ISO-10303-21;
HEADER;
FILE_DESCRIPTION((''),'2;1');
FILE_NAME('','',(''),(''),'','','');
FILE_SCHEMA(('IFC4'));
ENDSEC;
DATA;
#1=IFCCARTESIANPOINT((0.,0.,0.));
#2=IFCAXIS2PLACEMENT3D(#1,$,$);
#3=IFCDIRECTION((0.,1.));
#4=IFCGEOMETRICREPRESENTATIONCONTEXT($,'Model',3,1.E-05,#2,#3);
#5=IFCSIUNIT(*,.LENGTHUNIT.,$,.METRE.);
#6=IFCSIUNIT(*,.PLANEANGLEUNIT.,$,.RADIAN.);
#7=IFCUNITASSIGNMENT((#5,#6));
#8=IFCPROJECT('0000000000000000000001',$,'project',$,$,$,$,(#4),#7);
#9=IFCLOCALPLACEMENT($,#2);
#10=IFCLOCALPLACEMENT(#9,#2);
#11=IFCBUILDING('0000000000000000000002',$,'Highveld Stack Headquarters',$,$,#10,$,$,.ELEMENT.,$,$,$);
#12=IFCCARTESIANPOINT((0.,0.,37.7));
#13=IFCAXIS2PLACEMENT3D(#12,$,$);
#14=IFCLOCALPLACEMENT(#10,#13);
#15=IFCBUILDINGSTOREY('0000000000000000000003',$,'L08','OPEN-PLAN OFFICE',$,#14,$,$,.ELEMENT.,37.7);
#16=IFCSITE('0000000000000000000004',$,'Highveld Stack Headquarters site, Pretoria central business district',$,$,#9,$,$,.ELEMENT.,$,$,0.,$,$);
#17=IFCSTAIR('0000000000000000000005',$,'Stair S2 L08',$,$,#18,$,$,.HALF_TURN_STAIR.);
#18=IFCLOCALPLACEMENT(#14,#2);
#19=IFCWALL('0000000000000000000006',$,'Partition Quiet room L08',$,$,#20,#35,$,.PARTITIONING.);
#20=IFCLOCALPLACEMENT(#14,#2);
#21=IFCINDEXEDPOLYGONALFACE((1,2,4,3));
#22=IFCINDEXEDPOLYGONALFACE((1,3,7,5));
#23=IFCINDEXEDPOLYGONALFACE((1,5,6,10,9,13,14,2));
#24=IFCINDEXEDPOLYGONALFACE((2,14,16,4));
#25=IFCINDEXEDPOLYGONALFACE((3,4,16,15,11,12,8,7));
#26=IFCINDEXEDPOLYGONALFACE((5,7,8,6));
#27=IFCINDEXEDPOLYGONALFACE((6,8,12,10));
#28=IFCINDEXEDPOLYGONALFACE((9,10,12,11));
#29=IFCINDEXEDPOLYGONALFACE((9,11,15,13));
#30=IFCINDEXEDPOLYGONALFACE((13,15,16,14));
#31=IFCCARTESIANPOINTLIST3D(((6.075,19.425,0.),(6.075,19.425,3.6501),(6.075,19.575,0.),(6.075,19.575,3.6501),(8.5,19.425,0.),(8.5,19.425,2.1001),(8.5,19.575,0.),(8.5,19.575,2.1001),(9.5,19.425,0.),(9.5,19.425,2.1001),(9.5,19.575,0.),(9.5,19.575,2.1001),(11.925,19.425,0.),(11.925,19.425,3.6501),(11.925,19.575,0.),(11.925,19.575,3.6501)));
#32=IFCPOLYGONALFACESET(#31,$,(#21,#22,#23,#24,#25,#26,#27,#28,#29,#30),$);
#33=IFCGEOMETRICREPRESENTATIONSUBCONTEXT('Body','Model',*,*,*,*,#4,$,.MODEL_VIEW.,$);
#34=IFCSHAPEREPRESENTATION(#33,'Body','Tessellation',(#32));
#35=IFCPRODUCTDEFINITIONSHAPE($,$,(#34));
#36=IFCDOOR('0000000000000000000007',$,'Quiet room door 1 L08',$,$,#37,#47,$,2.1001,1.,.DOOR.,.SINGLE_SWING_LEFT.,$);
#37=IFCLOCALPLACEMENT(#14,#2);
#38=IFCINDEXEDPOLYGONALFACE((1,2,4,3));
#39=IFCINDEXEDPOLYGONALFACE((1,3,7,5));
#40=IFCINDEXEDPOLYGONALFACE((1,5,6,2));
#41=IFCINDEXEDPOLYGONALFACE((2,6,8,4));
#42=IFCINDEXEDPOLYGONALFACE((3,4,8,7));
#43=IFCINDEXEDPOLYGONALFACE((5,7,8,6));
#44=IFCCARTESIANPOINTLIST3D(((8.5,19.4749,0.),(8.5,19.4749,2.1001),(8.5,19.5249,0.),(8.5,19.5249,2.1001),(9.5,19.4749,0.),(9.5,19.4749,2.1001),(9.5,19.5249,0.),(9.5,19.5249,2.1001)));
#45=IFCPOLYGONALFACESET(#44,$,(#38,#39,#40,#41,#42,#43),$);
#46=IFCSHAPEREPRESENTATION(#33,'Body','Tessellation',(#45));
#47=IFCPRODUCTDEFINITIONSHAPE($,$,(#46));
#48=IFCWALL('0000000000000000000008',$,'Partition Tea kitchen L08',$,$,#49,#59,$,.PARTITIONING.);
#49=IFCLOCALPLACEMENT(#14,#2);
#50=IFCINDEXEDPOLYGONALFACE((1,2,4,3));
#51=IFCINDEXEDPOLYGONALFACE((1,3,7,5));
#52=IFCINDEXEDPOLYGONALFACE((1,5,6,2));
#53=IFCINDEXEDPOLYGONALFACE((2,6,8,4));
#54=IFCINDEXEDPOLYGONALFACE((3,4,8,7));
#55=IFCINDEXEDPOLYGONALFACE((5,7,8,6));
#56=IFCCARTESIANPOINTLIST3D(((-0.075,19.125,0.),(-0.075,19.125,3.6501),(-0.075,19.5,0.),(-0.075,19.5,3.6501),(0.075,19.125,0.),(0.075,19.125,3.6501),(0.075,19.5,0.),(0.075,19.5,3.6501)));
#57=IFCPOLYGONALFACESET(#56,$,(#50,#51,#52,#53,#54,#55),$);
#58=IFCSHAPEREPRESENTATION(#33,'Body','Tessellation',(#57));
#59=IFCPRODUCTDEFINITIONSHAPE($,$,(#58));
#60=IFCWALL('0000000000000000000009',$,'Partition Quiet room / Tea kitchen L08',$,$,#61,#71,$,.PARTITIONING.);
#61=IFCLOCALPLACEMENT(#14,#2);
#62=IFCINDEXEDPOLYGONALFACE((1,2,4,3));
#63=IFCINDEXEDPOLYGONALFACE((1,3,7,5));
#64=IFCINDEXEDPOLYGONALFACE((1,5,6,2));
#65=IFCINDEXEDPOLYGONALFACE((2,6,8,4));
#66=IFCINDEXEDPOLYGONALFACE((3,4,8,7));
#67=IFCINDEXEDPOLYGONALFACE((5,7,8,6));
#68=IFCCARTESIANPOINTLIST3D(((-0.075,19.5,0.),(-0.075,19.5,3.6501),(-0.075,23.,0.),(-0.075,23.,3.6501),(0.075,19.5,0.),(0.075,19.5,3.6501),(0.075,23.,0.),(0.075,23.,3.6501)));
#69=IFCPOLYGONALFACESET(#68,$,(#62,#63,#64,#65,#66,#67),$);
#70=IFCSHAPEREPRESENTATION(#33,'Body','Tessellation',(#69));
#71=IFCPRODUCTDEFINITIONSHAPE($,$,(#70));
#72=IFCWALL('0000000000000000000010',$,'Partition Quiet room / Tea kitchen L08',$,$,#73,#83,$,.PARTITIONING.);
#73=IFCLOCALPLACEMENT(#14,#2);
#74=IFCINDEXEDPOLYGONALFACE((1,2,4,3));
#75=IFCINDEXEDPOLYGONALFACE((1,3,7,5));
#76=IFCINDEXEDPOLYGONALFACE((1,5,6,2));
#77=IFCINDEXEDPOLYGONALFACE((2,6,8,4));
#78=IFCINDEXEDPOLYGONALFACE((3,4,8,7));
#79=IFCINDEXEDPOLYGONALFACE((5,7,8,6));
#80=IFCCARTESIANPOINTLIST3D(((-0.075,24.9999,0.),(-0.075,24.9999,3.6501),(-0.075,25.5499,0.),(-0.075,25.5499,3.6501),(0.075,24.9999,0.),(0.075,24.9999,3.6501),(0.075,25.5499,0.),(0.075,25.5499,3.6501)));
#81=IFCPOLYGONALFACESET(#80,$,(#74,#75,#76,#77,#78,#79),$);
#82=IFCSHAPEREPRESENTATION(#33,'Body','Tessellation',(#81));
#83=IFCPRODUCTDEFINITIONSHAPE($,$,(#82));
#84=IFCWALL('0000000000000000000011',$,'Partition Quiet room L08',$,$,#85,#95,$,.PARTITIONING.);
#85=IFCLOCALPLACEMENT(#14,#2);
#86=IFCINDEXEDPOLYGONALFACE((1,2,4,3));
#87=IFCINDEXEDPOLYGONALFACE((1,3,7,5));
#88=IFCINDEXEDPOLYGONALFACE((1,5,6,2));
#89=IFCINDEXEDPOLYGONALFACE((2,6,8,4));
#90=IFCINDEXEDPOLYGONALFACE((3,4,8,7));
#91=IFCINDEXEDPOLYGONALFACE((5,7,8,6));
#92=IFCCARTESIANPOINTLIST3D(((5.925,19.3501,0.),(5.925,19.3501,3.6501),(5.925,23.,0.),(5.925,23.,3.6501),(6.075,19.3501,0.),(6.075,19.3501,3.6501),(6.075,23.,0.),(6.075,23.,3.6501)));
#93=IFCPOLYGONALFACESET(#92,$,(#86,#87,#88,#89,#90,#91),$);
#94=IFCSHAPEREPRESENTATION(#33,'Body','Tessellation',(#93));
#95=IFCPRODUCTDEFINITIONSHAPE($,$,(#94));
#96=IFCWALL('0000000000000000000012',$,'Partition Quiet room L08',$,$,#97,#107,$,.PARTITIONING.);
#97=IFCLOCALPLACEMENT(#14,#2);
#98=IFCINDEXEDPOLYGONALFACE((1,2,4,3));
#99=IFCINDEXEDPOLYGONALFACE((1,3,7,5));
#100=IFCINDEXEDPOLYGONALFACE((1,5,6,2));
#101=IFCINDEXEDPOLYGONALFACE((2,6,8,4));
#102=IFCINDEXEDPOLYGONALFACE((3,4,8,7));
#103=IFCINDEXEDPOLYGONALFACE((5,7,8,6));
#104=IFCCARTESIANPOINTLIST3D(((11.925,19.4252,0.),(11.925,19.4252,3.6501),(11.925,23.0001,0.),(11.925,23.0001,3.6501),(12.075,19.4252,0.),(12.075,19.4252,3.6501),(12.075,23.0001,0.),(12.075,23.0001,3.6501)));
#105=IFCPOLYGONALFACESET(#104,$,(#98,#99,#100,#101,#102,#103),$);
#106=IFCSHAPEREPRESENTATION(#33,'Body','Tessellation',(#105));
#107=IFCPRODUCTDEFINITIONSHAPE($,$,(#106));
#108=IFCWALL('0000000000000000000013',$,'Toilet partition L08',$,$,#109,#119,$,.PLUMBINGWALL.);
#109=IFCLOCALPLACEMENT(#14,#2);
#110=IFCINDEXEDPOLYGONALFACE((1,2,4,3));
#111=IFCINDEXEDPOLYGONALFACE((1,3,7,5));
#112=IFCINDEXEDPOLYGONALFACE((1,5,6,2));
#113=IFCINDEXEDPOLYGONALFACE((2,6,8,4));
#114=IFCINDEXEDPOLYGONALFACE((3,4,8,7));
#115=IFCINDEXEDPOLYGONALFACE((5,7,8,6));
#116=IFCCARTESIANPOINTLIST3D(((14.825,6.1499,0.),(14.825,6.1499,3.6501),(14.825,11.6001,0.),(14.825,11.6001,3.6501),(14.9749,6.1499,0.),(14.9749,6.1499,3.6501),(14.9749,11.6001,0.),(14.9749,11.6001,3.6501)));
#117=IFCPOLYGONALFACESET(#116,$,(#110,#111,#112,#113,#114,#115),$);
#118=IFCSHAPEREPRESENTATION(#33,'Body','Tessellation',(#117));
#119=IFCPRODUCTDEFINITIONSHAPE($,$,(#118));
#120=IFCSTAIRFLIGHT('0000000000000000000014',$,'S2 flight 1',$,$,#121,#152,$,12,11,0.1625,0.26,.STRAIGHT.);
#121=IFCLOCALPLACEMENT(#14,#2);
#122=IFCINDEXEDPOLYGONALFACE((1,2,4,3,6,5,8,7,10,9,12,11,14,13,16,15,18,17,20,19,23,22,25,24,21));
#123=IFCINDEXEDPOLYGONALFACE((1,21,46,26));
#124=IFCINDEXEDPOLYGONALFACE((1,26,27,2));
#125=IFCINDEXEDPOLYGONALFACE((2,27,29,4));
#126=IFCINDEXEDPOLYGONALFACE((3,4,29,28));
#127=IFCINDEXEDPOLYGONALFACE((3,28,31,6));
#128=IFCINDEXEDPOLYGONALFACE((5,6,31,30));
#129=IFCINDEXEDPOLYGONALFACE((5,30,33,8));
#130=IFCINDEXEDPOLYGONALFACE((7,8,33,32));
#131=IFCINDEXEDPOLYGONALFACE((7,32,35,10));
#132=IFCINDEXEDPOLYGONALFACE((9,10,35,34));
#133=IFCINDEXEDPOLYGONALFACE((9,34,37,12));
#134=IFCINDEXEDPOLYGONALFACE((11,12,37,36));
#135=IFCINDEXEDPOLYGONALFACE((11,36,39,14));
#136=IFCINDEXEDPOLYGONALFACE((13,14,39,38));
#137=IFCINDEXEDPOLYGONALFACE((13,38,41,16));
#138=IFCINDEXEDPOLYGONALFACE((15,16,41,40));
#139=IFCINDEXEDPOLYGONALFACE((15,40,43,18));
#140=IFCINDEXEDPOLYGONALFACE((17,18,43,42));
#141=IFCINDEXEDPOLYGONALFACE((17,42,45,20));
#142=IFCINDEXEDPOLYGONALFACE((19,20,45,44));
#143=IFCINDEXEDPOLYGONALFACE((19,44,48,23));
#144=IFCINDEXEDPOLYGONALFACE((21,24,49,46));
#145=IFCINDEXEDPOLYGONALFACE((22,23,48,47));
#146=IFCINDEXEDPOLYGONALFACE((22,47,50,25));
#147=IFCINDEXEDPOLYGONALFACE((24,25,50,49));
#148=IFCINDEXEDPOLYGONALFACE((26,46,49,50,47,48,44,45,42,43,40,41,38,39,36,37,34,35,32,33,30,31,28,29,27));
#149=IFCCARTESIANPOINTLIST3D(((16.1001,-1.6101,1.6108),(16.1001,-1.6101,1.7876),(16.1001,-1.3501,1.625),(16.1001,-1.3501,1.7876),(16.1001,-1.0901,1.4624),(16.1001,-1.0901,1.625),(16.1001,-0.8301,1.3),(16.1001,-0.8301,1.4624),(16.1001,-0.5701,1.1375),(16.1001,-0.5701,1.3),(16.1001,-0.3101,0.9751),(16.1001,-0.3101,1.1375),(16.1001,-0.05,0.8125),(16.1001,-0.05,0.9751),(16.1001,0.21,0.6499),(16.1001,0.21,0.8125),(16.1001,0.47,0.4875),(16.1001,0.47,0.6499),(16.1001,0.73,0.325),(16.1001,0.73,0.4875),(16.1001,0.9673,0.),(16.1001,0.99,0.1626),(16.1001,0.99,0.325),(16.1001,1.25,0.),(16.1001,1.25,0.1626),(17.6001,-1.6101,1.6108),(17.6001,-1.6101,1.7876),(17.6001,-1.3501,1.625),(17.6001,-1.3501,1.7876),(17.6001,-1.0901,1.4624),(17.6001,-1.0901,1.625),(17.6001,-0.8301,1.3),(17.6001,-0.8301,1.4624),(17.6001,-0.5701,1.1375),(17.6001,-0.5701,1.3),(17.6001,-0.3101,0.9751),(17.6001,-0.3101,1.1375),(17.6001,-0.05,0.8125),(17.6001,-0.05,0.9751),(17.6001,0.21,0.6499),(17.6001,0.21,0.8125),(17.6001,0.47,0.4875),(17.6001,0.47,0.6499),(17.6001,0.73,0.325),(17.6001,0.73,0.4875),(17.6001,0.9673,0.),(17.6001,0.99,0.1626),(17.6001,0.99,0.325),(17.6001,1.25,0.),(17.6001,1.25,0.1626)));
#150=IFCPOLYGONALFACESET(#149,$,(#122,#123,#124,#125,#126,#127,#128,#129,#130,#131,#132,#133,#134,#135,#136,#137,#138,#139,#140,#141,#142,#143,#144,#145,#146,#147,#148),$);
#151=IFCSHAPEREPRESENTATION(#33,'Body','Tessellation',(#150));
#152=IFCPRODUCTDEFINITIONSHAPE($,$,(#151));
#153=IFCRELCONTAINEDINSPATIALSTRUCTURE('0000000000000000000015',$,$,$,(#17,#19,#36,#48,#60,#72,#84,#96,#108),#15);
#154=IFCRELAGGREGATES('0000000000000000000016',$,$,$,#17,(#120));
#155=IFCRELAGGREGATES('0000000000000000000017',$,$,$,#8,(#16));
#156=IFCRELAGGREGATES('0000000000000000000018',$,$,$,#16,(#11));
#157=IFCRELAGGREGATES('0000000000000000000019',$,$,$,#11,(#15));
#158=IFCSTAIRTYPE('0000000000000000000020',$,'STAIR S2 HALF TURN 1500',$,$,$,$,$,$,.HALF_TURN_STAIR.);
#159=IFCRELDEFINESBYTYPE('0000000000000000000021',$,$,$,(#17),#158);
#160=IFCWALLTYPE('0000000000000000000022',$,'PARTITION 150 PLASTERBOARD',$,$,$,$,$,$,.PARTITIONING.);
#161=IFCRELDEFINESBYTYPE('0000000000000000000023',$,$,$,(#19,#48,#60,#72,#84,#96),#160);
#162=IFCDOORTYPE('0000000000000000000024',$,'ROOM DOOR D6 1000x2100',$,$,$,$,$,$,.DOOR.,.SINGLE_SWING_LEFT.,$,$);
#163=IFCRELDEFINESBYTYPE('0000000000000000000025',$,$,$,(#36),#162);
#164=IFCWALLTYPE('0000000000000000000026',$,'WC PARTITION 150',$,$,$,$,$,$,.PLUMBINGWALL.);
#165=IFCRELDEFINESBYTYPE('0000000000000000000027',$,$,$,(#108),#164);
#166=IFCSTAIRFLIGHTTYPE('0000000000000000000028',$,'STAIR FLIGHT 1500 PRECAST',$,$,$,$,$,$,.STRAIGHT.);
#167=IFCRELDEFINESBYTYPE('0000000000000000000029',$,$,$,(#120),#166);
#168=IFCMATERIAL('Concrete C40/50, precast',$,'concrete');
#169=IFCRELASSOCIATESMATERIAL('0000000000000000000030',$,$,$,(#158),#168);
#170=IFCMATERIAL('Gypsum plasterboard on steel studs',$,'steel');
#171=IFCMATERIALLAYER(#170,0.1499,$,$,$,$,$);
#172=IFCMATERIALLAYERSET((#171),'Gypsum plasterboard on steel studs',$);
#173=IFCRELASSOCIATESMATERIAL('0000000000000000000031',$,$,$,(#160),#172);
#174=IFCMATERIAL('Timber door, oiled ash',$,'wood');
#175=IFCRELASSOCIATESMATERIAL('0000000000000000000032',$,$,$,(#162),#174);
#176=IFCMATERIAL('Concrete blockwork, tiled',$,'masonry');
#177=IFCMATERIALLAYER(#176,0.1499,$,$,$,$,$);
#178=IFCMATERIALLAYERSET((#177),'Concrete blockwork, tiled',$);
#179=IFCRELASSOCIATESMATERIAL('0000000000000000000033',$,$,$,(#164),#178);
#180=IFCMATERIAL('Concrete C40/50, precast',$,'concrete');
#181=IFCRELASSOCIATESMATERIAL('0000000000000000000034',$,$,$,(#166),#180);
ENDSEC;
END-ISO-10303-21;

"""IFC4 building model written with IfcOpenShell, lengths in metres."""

from ifc_helpers import new_model, si_unit, direction, frame, frame_2d, origin, place, context, subcontext, project, spatial, polyline, rectangle, outline, extrude, material, layer, layer_set, type_object, element, fill, aggregate, save


model = new_model("IFC4")

# Units and contexts
model_context = context("Model", 3, precision=1e-05, world=origin(), true_north=direction((0.0, 1.0)))
body_context = subcontext(model_context, "Body", "Model", "MODEL_VIEW")
ifc_project = project(units=[si_unit("LENGTHUNIT", "METRE"), si_unit("PLANEANGLEUNIT", "RADIAN")], contexts=[model_context])

# Site, building, storey
site_placement = place(None, origin())
site = spatial("IfcSite", under=ifc_project, at=site_placement, Name="Highveld Stack Headquarters site, Pretoria central business district", CompositionType="ELEMENT", RefElevation=0.0)
building_placement = place(site_placement, origin())
building = spatial("IfcBuilding", under=site, at=building_placement, Name="Highveld Stack Headquarters", CompositionType="ELEMENT")
storey_placement = place(building_placement, frame((0.0, 0.0, 37.7)))
storey = spatial("IfcBuildingStorey", under=building, at=storey_placement, Name="L08", Description="OPEN-PLAN OFFICE", CompositionType="ELEMENT", Elevation=37.7)

# Stair
ifc_material_1 = material(Name="Concrete C40/50, precast", Category="concrete")
stair_type_1 = type_object("IfcStairType", Name="STAIR S2 HALF TURN 1500", PredefinedType="HALF_TURN_STAIR", material=ifc_material_1)
stair_1_placement = place(storey_placement, origin())
stair_1 = element("IfcStair", 1, at=stair_1_placement, inside=storey, type_object=stair_type_1, Name="Stair S2 L08", PredefinedType="HALF_TURN_STAIR")

# Wall, opening, door
ifc_material_2 = material(Name="Gypsum plasterboard on steel studs", Category="steel")
ifc_layer_1 = layer(ifc_material_2, 0.1499)
ifc_layer_set_1 = layer_set([ifc_layer_1], Name="Gypsum plasterboard on steel studs")
wall_type_1 = type_object("IfcWallType", Name="PARTITION 150 PLASTERBOARD", PredefinedType="PARTITIONING", material=ifc_layer_set_1)
ifc_material_3 = material(Name="Timber door, oiled ash", Category="wood")
door_type_1 = type_object("IfcDoorType", Name="ROOM DOOR D6 1000x2100", OperationType="SINGLE_SWING_LEFT", PredefinedType="DOOR", material=ifc_material_3)
wall_1_placement = place(storey_placement, frame((6.075, 19.5, 0.0), z_axis=(0.0, 0.0, 1.0), x_axis=(1.0, 0.0, 0.0)))
wall_1 = element("IfcWall", 2, at=wall_1_placement, inside=storey, type_object=wall_type_1, Name="Partition Quiet room L08", PredefinedType="PARTITIONING", context=body_context, shape_type="SweptSolid", body=[
    extrude(rectangle(XDim=5.8501, YDim=0.1499, at=frame_2d((2.925, 0.0))), origin(), (0.0, 0.0, 1.0), 3.6501),
])
opening_1_placement = place(wall_1_placement, frame((2.425, 0.0, 0.0)))
opening_1 = element("IfcOpeningElement", 3, at=opening_1_placement, cuts=wall_1, PredefinedType="OPENING", context=body_context, shape_type="SweptSolid", body=[
    extrude(rectangle(XDim=1.0, YDim=2.1001, at=frame_2d((0.5, 1.05))), frame((0.0, 0.085, 0.0), z_axis=(0.0, -1.0, 0.0), x_axis=(1.0, 0.0, 0.0)), (0.0, 0.0, 1.0), 0.1699),
])
door_1_placement = place(opening_1_placement, origin())
door_1 = element("IfcDoor", 4, at=door_1_placement, inside=storey, type_object=door_type_1, Name="Quiet room door 1 L08", OperationType="SINGLE_SWING_LEFT", OverallHeight=2.1001, OverallWidth=1.0, PredefinedType="DOOR", context=body_context, shape_type="SweptSolid", body=[
    extrude(rectangle(XDim=1.0, YDim=2.1001, at=frame_2d((0.5, 1.05))), frame((0.0, 0.0249, 0.0), z_axis=(0.0, -1.0, 0.0), x_axis=(1.0, 0.0, 0.0)), (0.0, 0.0, 1.0), 0.05),
])
fill(opening_1, door_1)

# Walls
wall_2_placement = place(storey_placement, frame((0.0, 19.125, 0.0), z_axis=(0.0, 0.0, 1.0), x_axis=(0.0, 1.0, 0.0)))
element("IfcWall", 5, at=wall_2_placement, inside=storey, type_object=wall_type_1, Name="Partition Tea kitchen L08", PredefinedType="PARTITIONING", context=body_context, shape_type="SweptSolid", body=[
    extrude(rectangle(XDim=0.375, YDim=0.1499, at=frame_2d((0.1875, 0.0))), origin(), (0.0, 0.0, 1.0), 3.6501),
])
wall_3_placement = place(storey_placement, frame((0.0, 19.5, 0.0), z_axis=(0.0, 0.0, 1.0), x_axis=(0.0, 1.0, 0.0)))
element("IfcWall", 6, at=wall_3_placement, inside=storey, type_object=wall_type_1, Name="Partition Quiet room / Tea kitchen L08", PredefinedType="PARTITIONING", context=body_context, shape_type="SweptSolid", body=[
    extrude(rectangle(XDim=3.5, YDim=0.1499, at=frame_2d((1.75, 0.0))), origin(), (0.0, 0.0, 1.0), 3.6501),
])
wall_4_placement = place(storey_placement, frame((0.0, 25.0, 0.0), z_axis=(0.0, 0.0, 1.0), x_axis=(0.0, 1.0, 0.0)))
element("IfcWall", 7, at=wall_4_placement, inside=storey, type_object=wall_type_1, Name="Partition Quiet room / Tea kitchen L08", PredefinedType="PARTITIONING", context=body_context, shape_type="SweptSolid", body=[
    extrude(rectangle(XDim=0.55, YDim=0.1499, at=frame_2d((0.2749, 0.0))), origin(), (0.0, 0.0, 1.0), 3.6501),
])
wall_5_placement = place(storey_placement, frame((6.0, 19.3501, 0.0), z_axis=(0.0, 0.0, 1.0), x_axis=(0.0, 1.0, 0.0)))
element("IfcWall", 8, at=wall_5_placement, inside=storey, type_object=wall_type_1, Name="Partition Quiet room L08", PredefinedType="PARTITIONING", context=body_context, shape_type="SweptSolid", body=[
    extrude(rectangle(XDim=3.6499, YDim=0.1499, at=frame_2d((1.825, 0.0))), origin(), (0.0, 0.0, 1.0), 3.6501),
])
wall_6_placement = place(storey_placement, frame((12.0, 19.425, 0.0), z_axis=(0.0, 0.0, 1.0), x_axis=(0.0, 1.0, 0.0)))
element("IfcWall", 9, at=wall_6_placement, inside=storey, type_object=wall_type_1, Name="Partition Quiet room L08", PredefinedType="PARTITIONING", context=body_context, shape_type="SweptSolid", body=[
    extrude(rectangle(XDim=3.575, YDim=0.1499, at=frame_2d((1.7876, 0.0))), origin(), (0.0, 0.0, 1.0), 3.6501),
])
ifc_material_4 = material(Name="Concrete blockwork, tiled", Category="masonry")
ifc_layer_2 = layer(ifc_material_4, 0.1499)
ifc_layer_set_2 = layer_set([ifc_layer_2], Name="Concrete blockwork, tiled")
wall_type_2 = type_object("IfcWallType", Name="WC PARTITION 150", PredefinedType="PLUMBINGWALL", material=ifc_layer_set_2)
wall_7_placement = place(storey_placement, frame((14.8999, 6.1499, 0.0), z_axis=(0.0, 0.0, 1.0), x_axis=(0.0, 1.0, 0.0)))
element("IfcWall", 10, at=wall_7_placement, inside=storey, type_object=wall_type_2, Name="Toilet partition L08", PredefinedType="PLUMBINGWALL", context=body_context, shape_type="SweptSolid", body=[
    extrude(rectangle(XDim=5.4502, YDim=0.1499, at=frame_2d((2.7251, 0.0))), origin(), (0.0, 0.0, 1.0), 3.6501),
])

# Stair flight
ifc_material_5 = material(Name="Concrete C40/50, precast", Category="concrete")
stair_flight_type = type_object("IfcStairFlightType", Name="STAIR FLIGHT 1500 PRECAST", PredefinedType="STRAIGHT", material=ifc_material_5)
stair_flight_placement = place(storey_placement, frame((16.8501, 1.25, 0.0), z_axis=(0.0, 0.0, 1.0), x_axis=(0.0, -1.0, 0.0)))
stair_flight = element("IfcStairFlight", 11, at=stair_flight_placement, type_object=stair_flight_type, Name="S2 flight 1", NumberOfRisers=12, NumberOfTreads=11, PredefinedType="STRAIGHT", RiserHeight=0.1625, TreadLength=0.26, context=body_context, shape_type="SweptSolid", body=[
    extrude(outline(polyline([(0.0, 0.0), (0.0, 0.1626), (0.26, 0.1626), (0.26, 0.325), (0.52, 0.325), (0.52, 0.4875), (0.78, 0.4875), (0.78, 0.6499), (1.04, 0.6499), (1.04, 0.8125), (1.3, 0.8125), (1.3, 0.9751), (1.5601, 0.9751), (1.5601, 1.1375), (1.8201, 1.1375), (1.8201, 1.3), (2.0801, 1.3), (2.0801, 1.4624), (2.3401, 1.4624), (2.3401, 1.625), (2.6001, 1.625), (2.6001, 1.7876), (2.8601, 1.7876), (2.8601, 1.95), (2.8601, 1.6108), (0.2827, 0.0), (0.0, 0.0)])), frame((0.0, 0.75, 0.0), z_axis=(0.0, -1.0, 0.0), x_axis=(1.0, 0.0, 0.0)), (0.0, 0.0, 1.0), 1.5),
])
aggregate(stair_1, [stair_flight])

save(model, "model.ifc")
